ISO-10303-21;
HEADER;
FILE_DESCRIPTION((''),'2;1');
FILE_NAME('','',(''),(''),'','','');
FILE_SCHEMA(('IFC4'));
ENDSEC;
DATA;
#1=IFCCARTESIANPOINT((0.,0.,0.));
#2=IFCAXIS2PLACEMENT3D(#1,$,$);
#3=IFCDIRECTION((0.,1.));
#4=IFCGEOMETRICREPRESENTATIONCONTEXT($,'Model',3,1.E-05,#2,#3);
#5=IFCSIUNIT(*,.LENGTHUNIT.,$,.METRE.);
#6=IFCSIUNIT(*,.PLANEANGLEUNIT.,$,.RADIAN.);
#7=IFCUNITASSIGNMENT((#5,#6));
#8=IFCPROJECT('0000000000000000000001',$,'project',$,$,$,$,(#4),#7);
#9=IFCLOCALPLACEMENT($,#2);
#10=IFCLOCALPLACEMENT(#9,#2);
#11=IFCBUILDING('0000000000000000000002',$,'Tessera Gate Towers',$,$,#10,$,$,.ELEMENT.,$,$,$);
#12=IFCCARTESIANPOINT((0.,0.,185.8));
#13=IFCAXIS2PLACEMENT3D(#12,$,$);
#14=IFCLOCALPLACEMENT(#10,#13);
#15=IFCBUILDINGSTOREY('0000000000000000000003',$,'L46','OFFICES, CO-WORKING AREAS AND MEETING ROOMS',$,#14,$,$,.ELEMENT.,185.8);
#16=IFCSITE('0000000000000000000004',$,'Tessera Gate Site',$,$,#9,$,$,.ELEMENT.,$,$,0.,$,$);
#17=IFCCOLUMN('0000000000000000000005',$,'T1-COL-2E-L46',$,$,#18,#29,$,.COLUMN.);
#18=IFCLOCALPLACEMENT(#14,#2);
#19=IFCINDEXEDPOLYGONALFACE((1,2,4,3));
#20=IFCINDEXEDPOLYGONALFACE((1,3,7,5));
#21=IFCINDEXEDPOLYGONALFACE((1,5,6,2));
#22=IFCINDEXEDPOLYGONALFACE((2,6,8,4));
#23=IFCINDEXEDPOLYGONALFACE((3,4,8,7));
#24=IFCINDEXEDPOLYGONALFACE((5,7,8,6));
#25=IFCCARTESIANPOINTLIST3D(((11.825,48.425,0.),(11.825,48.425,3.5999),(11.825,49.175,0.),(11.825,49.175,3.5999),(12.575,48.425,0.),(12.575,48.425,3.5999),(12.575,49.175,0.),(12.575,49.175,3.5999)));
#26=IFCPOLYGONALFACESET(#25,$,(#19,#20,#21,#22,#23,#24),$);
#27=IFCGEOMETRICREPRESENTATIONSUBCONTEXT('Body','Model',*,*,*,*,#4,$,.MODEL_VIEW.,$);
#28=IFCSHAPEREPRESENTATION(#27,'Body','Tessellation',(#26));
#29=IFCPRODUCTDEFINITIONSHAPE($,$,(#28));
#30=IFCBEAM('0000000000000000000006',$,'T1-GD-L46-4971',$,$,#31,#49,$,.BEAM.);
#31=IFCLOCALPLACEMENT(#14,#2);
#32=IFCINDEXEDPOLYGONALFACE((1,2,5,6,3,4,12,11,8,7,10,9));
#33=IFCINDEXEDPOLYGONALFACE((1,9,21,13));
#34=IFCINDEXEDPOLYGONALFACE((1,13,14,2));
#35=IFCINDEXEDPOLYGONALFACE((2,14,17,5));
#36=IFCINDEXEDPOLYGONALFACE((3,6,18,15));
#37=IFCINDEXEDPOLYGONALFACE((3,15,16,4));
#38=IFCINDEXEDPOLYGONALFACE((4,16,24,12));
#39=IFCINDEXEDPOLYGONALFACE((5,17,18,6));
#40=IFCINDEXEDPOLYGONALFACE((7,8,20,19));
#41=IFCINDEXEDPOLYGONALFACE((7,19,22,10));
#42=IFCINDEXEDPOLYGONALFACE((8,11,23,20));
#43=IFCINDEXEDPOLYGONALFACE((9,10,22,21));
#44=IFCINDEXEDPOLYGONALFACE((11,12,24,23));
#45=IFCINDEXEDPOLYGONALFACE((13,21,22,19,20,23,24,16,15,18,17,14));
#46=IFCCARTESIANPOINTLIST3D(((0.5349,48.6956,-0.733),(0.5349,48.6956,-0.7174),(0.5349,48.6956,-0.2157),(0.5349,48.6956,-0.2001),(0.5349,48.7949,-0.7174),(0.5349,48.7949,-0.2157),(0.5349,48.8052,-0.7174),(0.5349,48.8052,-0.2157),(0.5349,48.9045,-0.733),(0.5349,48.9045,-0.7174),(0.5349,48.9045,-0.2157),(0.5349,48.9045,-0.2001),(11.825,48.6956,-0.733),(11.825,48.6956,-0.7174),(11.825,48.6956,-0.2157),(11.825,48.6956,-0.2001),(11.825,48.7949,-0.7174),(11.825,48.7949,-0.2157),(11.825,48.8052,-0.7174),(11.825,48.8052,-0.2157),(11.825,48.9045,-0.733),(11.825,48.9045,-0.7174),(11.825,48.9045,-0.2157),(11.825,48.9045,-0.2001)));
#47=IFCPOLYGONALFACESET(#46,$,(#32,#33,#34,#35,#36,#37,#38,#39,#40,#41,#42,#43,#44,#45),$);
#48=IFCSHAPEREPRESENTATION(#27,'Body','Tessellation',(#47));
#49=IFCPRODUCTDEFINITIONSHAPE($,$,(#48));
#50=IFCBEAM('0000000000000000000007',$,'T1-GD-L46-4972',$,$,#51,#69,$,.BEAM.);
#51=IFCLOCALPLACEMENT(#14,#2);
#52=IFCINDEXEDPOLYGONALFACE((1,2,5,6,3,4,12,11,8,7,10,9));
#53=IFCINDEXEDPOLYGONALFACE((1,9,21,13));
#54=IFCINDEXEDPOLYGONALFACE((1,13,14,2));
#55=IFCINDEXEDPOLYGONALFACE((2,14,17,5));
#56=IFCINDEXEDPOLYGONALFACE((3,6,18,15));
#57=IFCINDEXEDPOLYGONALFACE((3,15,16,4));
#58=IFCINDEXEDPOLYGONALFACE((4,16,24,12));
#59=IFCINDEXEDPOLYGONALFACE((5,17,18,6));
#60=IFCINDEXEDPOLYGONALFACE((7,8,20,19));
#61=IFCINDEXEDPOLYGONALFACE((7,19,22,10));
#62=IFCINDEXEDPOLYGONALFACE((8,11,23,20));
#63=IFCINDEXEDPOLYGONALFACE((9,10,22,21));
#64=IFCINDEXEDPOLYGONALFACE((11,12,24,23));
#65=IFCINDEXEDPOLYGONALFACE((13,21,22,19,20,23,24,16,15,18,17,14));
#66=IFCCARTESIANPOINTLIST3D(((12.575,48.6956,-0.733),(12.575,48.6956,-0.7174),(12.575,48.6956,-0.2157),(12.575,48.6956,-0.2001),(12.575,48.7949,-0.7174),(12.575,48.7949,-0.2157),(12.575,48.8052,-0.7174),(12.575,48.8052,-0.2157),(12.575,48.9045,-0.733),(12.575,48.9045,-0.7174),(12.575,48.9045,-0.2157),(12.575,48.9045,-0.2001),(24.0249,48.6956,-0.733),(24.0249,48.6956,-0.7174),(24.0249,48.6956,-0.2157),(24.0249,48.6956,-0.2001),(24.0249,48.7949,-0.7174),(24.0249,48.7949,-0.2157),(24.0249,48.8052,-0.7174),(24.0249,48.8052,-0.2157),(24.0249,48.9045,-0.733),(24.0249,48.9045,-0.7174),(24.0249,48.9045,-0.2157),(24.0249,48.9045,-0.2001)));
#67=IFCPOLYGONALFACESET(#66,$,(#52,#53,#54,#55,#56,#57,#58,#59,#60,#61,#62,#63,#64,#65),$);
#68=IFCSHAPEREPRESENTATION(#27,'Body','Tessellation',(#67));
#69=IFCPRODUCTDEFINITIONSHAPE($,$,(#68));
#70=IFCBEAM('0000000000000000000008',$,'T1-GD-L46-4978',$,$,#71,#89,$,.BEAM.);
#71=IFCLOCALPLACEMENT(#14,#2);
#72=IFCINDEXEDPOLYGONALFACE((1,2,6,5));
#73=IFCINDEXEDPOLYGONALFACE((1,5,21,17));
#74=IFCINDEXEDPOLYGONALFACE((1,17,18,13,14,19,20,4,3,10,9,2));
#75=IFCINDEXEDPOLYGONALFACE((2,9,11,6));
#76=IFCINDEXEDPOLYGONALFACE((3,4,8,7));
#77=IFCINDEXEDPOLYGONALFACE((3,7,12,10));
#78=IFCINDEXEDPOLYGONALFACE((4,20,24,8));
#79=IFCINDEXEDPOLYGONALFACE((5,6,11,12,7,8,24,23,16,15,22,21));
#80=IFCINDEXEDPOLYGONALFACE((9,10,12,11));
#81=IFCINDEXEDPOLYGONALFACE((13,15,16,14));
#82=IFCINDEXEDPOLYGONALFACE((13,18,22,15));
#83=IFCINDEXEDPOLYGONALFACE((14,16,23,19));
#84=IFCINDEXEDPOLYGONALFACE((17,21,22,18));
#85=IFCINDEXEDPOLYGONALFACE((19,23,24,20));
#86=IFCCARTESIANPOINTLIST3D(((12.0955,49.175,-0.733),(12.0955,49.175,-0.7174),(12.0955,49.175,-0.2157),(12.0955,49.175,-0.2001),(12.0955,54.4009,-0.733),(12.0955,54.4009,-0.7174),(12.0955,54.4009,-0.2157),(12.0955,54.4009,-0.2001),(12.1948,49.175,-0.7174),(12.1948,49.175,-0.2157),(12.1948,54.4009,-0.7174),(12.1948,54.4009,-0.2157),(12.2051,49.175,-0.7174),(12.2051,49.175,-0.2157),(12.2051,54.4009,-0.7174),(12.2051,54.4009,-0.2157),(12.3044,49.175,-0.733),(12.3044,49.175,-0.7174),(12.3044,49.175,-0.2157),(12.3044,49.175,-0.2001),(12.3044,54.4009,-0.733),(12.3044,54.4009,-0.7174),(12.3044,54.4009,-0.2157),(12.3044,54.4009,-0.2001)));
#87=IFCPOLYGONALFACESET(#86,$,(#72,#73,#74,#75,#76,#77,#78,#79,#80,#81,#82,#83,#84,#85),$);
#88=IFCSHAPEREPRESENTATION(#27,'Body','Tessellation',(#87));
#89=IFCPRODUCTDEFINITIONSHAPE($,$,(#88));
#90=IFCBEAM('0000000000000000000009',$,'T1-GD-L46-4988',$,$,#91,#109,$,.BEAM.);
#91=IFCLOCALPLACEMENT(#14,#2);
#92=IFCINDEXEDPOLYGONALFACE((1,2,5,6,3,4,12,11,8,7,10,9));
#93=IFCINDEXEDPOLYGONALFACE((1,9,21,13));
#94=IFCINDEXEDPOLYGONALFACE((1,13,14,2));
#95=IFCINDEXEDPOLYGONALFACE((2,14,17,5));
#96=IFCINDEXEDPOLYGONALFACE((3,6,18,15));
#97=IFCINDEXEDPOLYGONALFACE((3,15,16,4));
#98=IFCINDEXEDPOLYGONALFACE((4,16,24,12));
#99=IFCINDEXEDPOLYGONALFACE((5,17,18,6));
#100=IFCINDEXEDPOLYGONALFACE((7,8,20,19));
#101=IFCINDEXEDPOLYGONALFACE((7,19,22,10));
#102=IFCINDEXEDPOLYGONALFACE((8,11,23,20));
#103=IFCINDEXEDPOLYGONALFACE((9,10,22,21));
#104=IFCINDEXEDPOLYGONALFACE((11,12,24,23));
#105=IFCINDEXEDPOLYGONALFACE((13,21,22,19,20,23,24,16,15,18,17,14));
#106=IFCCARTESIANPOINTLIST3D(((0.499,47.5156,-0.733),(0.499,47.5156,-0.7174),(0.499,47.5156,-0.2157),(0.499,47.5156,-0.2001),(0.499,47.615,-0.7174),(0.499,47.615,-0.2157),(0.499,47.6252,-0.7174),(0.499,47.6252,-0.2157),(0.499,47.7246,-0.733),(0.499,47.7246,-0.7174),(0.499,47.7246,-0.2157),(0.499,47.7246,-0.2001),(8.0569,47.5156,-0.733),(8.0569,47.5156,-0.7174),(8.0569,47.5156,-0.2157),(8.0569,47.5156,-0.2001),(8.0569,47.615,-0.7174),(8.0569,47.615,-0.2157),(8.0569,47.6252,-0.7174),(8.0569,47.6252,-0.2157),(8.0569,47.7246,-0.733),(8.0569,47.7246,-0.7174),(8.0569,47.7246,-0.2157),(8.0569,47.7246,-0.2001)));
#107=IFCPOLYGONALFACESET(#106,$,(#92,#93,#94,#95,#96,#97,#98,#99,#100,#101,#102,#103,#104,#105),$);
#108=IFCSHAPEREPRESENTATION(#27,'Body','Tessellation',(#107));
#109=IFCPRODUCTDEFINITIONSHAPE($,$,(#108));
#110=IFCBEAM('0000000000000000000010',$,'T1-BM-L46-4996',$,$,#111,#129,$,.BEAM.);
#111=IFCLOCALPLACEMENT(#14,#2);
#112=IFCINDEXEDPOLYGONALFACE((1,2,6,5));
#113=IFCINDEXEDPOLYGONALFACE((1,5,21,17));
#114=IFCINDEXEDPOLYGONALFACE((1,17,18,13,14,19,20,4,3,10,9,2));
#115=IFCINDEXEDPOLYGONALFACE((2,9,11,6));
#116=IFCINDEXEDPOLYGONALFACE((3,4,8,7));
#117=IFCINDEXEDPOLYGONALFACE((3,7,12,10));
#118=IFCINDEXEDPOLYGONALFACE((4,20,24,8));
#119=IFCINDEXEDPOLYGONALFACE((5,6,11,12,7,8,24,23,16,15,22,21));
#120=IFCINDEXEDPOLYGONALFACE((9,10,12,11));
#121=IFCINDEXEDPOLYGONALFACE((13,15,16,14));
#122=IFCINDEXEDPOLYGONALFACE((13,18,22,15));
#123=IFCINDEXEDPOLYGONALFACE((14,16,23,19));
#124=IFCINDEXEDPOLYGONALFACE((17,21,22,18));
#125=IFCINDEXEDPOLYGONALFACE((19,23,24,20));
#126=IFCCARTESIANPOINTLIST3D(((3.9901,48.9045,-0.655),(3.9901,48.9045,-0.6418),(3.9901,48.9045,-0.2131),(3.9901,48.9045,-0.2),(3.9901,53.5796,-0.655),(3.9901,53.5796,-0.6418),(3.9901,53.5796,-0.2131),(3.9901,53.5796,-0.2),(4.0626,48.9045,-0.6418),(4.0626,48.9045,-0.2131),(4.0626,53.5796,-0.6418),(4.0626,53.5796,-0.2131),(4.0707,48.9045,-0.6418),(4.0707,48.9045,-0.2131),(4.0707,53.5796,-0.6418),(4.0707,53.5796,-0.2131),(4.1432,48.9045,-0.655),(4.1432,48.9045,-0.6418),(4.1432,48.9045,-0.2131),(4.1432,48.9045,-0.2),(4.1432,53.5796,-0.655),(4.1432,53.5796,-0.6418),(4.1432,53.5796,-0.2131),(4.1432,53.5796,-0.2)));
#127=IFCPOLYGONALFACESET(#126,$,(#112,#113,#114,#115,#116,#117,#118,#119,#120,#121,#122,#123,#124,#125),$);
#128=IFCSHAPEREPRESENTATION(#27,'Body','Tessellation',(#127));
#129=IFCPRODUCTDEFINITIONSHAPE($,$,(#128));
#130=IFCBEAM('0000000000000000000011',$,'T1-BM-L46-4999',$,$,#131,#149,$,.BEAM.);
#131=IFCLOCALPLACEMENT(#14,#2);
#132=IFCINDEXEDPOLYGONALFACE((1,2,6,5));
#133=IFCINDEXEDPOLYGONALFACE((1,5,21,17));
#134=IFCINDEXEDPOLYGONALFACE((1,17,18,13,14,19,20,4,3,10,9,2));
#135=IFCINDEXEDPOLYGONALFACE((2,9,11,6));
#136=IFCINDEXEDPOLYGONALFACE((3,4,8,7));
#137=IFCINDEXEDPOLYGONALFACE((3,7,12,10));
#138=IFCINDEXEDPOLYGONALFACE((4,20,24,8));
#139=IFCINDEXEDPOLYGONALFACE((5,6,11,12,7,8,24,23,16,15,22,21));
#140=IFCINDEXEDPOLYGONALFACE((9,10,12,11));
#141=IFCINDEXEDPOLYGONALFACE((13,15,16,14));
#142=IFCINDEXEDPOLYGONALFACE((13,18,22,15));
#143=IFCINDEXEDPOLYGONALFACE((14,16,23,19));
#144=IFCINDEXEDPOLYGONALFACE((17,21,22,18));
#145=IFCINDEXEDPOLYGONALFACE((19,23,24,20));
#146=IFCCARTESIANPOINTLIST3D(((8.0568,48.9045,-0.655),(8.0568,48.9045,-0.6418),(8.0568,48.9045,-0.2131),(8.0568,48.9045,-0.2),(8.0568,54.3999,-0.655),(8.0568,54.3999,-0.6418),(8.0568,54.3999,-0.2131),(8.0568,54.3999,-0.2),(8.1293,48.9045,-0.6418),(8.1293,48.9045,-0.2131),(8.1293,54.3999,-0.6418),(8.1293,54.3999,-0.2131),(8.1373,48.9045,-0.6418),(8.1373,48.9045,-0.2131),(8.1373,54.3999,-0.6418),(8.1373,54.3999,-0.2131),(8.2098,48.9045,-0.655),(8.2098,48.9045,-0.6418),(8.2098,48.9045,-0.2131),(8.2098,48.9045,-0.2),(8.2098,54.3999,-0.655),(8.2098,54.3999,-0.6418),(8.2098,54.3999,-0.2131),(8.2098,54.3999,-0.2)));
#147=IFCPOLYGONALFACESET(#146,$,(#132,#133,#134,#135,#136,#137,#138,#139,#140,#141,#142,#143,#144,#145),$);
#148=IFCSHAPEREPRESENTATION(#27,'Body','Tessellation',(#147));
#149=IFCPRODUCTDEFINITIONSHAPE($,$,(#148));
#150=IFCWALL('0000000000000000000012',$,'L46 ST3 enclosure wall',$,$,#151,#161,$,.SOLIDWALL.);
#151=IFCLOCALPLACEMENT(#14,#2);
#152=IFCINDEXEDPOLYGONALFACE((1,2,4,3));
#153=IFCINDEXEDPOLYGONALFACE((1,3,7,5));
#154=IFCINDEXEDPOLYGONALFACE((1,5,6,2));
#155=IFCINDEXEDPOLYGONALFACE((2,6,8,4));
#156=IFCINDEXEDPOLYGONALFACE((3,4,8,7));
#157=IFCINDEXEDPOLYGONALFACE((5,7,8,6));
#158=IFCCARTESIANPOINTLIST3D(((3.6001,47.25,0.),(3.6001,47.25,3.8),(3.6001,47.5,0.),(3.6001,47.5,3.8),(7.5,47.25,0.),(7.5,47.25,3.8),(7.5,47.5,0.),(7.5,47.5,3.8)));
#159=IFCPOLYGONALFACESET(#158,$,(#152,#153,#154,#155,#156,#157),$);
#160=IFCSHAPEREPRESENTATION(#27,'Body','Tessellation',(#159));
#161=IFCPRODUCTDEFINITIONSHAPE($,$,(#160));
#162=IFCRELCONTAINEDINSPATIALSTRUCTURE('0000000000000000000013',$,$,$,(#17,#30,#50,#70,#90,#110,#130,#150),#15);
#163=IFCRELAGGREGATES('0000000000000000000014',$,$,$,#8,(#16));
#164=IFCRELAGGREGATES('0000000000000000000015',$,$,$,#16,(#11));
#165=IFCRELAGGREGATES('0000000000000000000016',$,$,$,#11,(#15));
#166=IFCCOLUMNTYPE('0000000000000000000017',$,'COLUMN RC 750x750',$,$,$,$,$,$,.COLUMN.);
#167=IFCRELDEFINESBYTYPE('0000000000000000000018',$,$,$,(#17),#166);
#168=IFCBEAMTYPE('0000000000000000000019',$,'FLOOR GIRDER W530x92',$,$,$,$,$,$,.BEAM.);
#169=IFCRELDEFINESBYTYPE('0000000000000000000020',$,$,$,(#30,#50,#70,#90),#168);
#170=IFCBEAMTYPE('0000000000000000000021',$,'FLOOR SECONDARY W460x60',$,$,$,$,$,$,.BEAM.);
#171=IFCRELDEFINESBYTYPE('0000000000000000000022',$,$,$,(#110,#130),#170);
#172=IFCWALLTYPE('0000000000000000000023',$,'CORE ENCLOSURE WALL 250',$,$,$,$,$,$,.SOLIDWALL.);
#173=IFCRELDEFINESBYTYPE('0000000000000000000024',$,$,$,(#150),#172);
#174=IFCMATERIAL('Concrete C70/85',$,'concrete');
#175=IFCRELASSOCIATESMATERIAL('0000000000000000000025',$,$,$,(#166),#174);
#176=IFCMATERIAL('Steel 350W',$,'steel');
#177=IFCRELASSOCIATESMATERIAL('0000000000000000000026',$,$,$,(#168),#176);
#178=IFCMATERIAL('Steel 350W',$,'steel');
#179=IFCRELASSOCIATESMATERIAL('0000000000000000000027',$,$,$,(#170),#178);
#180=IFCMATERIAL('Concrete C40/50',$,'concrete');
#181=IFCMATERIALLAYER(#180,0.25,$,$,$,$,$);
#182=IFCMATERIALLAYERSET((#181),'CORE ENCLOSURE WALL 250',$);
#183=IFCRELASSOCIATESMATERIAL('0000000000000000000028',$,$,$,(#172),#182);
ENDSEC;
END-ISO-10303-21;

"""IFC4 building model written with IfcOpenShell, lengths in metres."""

from ifc_helpers import new_model, si_unit, direction, frame, frame_2d, origin, origin_2d, place, context, subcontext, project, spatial, rectangle, i_section, extrude, material, layer, layer_set, material_profile, profile_set, type_object, element, save


model = new_model("IFC4")

# Units and contexts
model_context = context("Model", 3, precision=1e-05, world=origin(), true_north=direction((0.0, 1.0)))
body_context = subcontext(model_context, "Body", "Model", "MODEL_VIEW")
ifc_project = project(units=[si_unit("LENGTHUNIT", "METRE"), si_unit("PLANEANGLEUNIT", "RADIAN")], contexts=[model_context])

# Site, building, storey
site_placement = place(None, origin())
site = spatial("IfcSite", under=ifc_project, at=site_placement, Name="Tessera Gate Site", CompositionType="ELEMENT", RefElevation=0.0)
building_placement = place(site_placement, origin())
building = spatial("IfcBuilding", under=site, at=building_placement, Name="Tessera Gate Towers", CompositionType="ELEMENT")
storey_placement = place(building_placement, frame((0.0, 0.0, 185.8)))
storey = spatial("IfcBuildingStorey", under=building, at=storey_placement, Name="L46", Description="OFFICES, CO-WORKING AREAS AND MEETING ROOMS", CompositionType="ELEMENT", Elevation=185.8)

# Column
ifc_material_1 = material(Name="Concrete C70/85", Category="concrete")
ifc_material_profile_1 = material_profile(ifc_material_1, rectangle(XDim=0.75, YDim=0.75, at=origin_2d()), Name="RC 750x750")
ifc_profile_set_1 = profile_set([ifc_material_profile_1], Name="Concrete C70/85")
column_type = type_object("IfcColumnType", Name="COLUMN RC 750x750", PredefinedType="COLUMN", material=ifc_profile_set_1)
column_placement = place(storey_placement, frame((12.2, 48.8, 0.0), z_axis=(0.0, 0.0, 1.0), x_axis=(1.0, 0.0, 0.0)))
element("IfcColumn", 1, at=column_placement, inside=storey, type_object=column_type, Name="T1-COL-2E-L46", PredefinedType="COLUMN", context=body_context, shape_type="SweptSolid", body=[
    extrude(rectangle(XDim=0.75, YDim=0.75, at=origin_2d()), origin(), (0.0, 0.0, 1.0), 3.5999),
])

# Beams
ifc_material_2 = material(Name="Steel 350W", Category="steel")
ifc_material_profile_2 = material_profile(ifc_material_2, i_section(OverallWidth=0.209, OverallDepth=0.533, WebThickness=0.0103, FlangeThickness=0.0156, at=origin_2d()), Name="W530x92")
ifc_profile_set_2 = profile_set([ifc_material_profile_2], Name="Steel 350W")
beam_type_1 = type_object("IfcBeamType", Name="FLOOR GIRDER W530x92", PredefinedType="BEAM", material=ifc_profile_set_2)
beam_1_placement = place(storey_placement, frame((0.5349, 48.8, -0.4666), z_axis=(1.0, 0.0, 0.0), x_axis=(0.0, 1.0, 0.0)))
element("IfcBeam", 2, at=beam_1_placement, inside=storey, type_object=beam_type_1, Name="T1-GD-L46-4971", PredefinedType="BEAM", context=body_context, shape_type="SweptSolid", body=[
    extrude(i_section(OverallWidth=0.209, OverallDepth=0.533, WebThickness=0.0103, FlangeThickness=0.0156, at=origin_2d()), origin(), (0.0, 0.0, 1.0), 11.29),
])
beam_2_placement = place(storey_placement, frame((12.575, 48.8, -0.4666), z_axis=(1.0, 0.0, 0.0), x_axis=(0.0, 1.0, 0.0)))
element("IfcBeam", 3, at=beam_2_placement, inside=storey, type_object=beam_type_1, Name="T1-GD-L46-4972", PredefinedType="BEAM", context=body_context, shape_type="SweptSolid", body=[
    extrude(i_section(OverallWidth=0.209, OverallDepth=0.533, WebThickness=0.0103, FlangeThickness=0.0156, at=origin_2d()), origin(), (0.0, 0.0, 1.0), 11.45),
])
beam_3_placement = place(storey_placement, frame((12.2, 49.175, -0.4666), z_axis=(0.0, 1.0, 0.0), x_axis=(-1.0, 0.0, 0.0)))
element("IfcBeam", 4, at=beam_3_placement, inside=storey, type_object=beam_type_1, Name="T1-GD-L46-4978", PredefinedType="BEAM", context=body_context, shape_type="SweptSolid", body=[
    extrude(i_section(OverallWidth=0.209, OverallDepth=0.533, WebThickness=0.0103, FlangeThickness=0.0156, at=origin_2d()), origin(), (0.0, 0.0, 1.0), 5.2258),
])
beam_4_placement = place(storey_placement, frame((0.499, 47.6201, -0.4666), z_axis=(1.0, 0.0, 0.0), x_axis=(0.0, 1.0, 0.0)))
element("IfcBeam", 5, at=beam_4_placement, inside=storey, type_object=beam_type_1, Name="T1-GD-L46-4988", PredefinedType="BEAM", context=body_context, shape_type="SweptSolid", body=[
    extrude(i_section(OverallWidth=0.209, OverallDepth=0.533, WebThickness=0.0103, FlangeThickness=0.0156, at=origin_2d()), origin(), (0.0, 0.0, 1.0), 7.5579),
])
ifc_material_3 = material(Name="Steel 350W", Category="steel")
ifc_material_profile_3 = material_profile(ifc_material_3, i_section(OverallWidth=0.1531, OverallDepth=0.4551, WebThickness=0.0081, FlangeThickness=0.0132, at=origin_2d()), Name="W460x60")
ifc_profile_set_3 = profile_set([ifc_material_profile_3], Name="Steel 350W")
beam_type_2 = type_object("IfcBeamType", Name="FLOOR SECONDARY W460x60", PredefinedType="BEAM", material=ifc_profile_set_3)
beam_5_placement = place(storey_placement, frame((4.0667, 48.9045, -0.4275), z_axis=(0.0, 1.0, 0.0), x_axis=(-1.0, 0.0, 0.0)))
element("IfcBeam", 6, at=beam_5_placement, inside=storey, type_object=beam_type_2, Name="T1-BM-L46-4996", PredefinedType="BEAM", context=body_context, shape_type="SweptSolid", body=[
    extrude(i_section(OverallWidth=0.1531, OverallDepth=0.4551, WebThickness=0.0081, FlangeThickness=0.0132, at=origin_2d()), origin(), (0.0, 0.0, 1.0), 4.675),
])
beam_6_placement = place(storey_placement, frame((8.1333, 48.9045, -0.4275), z_axis=(0.0, 1.0, 0.0), x_axis=(-1.0, 0.0, 0.0)))
element("IfcBeam", 7, at=beam_6_placement, inside=storey, type_object=beam_type_2, Name="T1-BM-L46-4999", PredefinedType="BEAM", context=body_context, shape_type="SweptSolid", body=[
    extrude(i_section(OverallWidth=0.1531, OverallDepth=0.4551, WebThickness=0.0081, FlangeThickness=0.0132, at=origin_2d()), origin(), (0.0, 0.0, 1.0), 5.4954),
])

# Wall
ifc_material_4 = material(Name="Concrete C40/50", Category="concrete")
ifc_layer_1 = layer(ifc_material_4, 0.25)
ifc_layer_set_1 = layer_set([ifc_layer_1], Name="CORE ENCLOSURE WALL 250")
wall_type_1 = type_object("IfcWallType", Name="CORE ENCLOSURE WALL 250", PredefinedType="SOLIDWALL", material=ifc_layer_set_1)
wall_1_placement = place(storey_placement, frame((3.6001, 47.375, 0.0), z_axis=(0.0, 0.0, 1.0), x_axis=(1.0, 0.0, 0.0)))
element("IfcWall", 8, at=wall_1_placement, inside=storey, type_object=wall_type_1, Name="L46 ST3 enclosure wall", PredefinedType="SOLIDWALL", context=body_context, shape_type="SweptSolid", body=[
    extrude(rectangle(XDim=3.8999, YDim=0.25, at=frame_2d((1.95, 0.0))), origin(), (0.0, 0.0, 1.0), 3.8),
])

save(model, "model.ifc")
